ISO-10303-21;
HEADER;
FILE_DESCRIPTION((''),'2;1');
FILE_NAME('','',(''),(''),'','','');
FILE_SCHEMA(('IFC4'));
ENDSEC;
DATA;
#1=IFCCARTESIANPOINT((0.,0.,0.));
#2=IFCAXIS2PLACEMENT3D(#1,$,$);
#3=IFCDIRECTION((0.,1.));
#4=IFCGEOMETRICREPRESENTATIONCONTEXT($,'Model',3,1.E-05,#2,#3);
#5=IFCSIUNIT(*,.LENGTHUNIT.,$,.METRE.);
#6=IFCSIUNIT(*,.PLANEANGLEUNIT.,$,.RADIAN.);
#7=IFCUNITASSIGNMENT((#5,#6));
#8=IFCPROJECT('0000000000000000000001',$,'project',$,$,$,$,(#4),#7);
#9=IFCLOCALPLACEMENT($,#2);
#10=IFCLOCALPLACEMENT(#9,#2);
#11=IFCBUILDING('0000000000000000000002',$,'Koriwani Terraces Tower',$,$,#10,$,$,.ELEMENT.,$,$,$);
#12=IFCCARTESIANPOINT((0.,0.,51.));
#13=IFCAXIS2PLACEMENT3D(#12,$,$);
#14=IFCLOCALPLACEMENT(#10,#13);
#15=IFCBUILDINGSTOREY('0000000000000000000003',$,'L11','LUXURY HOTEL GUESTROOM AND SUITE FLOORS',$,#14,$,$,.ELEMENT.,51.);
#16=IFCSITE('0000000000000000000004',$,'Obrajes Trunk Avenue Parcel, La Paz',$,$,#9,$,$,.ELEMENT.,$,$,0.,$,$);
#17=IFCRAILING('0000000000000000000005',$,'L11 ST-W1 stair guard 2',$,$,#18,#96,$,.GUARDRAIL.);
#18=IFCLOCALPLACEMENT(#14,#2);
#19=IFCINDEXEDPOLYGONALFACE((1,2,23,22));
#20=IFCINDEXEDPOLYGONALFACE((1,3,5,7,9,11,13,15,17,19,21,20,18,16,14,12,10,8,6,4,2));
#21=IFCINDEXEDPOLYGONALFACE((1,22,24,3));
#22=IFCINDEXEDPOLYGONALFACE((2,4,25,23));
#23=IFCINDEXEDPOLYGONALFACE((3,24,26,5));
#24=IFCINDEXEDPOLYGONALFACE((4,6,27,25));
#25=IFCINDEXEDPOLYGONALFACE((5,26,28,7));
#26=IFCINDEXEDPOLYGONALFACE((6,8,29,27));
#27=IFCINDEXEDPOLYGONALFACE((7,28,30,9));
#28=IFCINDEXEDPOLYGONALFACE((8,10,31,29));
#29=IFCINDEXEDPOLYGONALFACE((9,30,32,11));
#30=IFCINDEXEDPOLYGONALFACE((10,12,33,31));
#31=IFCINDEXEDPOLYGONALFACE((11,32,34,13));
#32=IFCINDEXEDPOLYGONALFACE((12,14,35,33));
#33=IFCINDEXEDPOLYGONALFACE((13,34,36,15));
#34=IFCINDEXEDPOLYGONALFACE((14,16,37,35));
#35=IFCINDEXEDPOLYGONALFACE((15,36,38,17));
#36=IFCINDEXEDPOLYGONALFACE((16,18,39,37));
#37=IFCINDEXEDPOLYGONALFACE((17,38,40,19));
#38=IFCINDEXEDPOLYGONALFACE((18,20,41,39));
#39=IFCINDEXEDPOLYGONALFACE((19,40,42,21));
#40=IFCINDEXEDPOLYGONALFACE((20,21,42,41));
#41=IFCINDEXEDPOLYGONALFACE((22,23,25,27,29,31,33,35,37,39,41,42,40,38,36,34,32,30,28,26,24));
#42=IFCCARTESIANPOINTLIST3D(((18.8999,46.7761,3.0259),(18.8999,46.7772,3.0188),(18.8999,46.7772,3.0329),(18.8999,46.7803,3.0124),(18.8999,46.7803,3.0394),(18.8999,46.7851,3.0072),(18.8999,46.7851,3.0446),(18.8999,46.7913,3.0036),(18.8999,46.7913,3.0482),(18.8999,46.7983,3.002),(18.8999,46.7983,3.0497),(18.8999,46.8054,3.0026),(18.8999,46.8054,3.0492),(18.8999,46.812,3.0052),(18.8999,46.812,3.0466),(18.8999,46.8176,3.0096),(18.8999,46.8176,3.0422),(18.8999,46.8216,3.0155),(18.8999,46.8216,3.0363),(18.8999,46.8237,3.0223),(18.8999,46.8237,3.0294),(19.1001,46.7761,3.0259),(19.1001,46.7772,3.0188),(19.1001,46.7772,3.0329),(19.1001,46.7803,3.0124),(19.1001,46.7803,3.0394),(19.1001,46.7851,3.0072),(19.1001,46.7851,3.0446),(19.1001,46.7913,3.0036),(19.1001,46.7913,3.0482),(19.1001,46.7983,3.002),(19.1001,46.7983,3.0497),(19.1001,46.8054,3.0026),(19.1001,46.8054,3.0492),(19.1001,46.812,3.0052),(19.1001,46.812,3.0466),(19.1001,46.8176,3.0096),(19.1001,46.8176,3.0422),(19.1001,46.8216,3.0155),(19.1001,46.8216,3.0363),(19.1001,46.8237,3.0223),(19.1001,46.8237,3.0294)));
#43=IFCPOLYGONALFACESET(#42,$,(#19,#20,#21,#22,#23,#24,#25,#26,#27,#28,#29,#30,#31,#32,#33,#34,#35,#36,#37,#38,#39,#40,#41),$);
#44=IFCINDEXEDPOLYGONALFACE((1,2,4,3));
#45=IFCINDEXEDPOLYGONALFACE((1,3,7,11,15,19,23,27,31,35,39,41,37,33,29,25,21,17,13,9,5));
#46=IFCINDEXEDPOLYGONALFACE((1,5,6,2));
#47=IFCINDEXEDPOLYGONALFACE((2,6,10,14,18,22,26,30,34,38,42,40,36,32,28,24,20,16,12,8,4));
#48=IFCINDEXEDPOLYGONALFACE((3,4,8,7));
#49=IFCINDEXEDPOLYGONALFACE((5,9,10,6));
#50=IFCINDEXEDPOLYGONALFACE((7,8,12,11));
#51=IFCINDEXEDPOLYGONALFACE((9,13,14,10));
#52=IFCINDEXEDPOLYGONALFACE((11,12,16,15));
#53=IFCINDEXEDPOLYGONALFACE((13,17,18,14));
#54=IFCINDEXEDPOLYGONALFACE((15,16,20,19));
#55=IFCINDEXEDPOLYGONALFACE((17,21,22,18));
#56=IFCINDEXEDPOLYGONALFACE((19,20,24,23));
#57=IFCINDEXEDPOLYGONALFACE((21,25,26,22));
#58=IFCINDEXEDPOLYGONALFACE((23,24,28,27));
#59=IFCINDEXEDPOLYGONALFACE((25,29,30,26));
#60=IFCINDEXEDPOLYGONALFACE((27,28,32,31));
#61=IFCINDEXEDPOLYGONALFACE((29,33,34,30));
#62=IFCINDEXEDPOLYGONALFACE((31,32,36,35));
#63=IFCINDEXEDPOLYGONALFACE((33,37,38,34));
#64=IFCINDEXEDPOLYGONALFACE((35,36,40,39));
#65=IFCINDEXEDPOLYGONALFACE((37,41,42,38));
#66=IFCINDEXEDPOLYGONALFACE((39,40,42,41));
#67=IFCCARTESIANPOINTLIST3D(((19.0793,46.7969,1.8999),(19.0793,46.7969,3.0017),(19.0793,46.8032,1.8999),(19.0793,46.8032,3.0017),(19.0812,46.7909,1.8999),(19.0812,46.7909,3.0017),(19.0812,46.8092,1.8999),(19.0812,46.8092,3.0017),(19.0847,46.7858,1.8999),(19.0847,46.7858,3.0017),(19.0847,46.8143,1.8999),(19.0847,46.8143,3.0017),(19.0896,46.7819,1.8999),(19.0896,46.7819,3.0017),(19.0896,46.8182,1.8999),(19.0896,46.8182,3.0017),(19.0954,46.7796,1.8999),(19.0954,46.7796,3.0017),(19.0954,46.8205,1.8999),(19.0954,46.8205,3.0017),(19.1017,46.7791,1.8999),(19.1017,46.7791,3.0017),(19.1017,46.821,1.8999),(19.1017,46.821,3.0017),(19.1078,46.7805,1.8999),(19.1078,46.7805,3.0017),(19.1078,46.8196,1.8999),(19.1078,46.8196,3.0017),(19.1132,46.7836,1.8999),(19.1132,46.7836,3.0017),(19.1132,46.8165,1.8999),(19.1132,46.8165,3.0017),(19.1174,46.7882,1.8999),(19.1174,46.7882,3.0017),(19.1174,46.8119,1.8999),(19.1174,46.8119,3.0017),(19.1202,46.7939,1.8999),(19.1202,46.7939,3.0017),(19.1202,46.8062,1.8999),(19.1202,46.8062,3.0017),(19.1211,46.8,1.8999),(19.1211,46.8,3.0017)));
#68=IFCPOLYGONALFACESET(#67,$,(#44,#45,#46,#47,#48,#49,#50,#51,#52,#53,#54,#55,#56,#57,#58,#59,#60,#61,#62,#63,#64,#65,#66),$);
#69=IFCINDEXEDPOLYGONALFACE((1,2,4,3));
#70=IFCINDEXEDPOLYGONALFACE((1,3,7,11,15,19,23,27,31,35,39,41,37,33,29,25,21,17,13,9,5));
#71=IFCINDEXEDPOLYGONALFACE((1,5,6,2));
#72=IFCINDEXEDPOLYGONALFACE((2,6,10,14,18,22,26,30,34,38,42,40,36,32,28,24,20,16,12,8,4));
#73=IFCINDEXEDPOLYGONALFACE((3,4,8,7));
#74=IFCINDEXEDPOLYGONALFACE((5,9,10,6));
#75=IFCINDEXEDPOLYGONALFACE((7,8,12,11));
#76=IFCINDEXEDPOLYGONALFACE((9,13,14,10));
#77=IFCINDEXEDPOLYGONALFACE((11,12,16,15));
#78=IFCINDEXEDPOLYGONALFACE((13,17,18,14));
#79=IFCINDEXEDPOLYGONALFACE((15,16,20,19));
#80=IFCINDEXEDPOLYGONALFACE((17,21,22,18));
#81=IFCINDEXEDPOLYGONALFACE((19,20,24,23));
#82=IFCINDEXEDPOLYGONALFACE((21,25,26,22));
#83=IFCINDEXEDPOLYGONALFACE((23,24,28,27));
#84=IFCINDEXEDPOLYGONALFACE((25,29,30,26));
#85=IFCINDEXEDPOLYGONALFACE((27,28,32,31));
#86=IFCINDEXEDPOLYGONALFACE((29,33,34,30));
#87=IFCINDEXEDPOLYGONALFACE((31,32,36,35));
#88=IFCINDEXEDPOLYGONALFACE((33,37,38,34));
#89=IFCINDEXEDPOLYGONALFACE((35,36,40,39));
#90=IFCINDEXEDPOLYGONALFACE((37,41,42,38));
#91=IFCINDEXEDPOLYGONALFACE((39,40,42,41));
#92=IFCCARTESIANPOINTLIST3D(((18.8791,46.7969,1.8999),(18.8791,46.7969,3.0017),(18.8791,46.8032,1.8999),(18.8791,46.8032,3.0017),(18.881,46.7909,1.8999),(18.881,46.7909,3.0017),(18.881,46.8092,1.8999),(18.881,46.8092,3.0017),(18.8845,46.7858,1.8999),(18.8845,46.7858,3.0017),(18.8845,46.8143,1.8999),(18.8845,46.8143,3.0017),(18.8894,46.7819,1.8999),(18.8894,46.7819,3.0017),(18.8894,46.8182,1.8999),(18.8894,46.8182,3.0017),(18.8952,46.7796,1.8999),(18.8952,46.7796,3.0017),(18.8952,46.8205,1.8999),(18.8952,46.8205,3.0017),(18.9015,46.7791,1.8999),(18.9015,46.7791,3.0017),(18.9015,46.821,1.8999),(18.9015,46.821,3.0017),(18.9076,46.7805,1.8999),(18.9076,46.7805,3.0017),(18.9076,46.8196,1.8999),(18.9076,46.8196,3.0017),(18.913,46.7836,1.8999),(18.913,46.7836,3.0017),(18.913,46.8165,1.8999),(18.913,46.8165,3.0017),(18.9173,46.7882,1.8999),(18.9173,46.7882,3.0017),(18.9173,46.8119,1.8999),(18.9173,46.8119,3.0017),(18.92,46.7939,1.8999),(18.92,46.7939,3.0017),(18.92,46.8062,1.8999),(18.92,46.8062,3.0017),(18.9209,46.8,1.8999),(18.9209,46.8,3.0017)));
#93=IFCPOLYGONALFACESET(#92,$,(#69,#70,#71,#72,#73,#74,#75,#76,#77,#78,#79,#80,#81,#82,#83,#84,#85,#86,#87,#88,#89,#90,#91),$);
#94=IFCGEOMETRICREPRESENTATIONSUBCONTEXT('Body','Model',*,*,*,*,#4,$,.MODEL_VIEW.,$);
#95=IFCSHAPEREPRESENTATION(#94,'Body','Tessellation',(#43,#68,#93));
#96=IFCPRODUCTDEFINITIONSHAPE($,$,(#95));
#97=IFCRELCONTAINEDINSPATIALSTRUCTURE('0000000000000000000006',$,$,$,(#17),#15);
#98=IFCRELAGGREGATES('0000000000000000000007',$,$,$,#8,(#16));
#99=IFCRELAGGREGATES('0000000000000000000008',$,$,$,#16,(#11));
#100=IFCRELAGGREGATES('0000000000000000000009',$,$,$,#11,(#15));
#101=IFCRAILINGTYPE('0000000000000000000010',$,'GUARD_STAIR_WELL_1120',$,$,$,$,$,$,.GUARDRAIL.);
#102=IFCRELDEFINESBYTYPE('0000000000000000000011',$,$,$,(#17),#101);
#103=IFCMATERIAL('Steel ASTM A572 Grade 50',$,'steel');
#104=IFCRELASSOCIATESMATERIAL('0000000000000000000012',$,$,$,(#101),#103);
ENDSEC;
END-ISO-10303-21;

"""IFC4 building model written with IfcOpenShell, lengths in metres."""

from ifc_helpers import new_model, si_unit, direction, frame, origin, origin_2d, place, context, subcontext, project, spatial, circle, extrude, material, type_object, element, save


model = new_model("IFC4")

# Units and contexts
model_context = context("Model", 3, precision=1e-05, world=origin(), true_north=direction((0.0, 1.0)))
body_context = subcontext(model_context, "Body", "Model", "MODEL_VIEW")
ifc_project = project(units=[si_unit("LENGTHUNIT", "METRE"), si_unit("PLANEANGLEUNIT", "RADIAN")], contexts=[model_context])

# Site, building, storey
site_placement = place(None, origin())
site = spatial("IfcSite", under=ifc_project, at=site_placement, Name="Obrajes Trunk Avenue Parcel, La Paz", CompositionType="ELEMENT", RefElevation=0.0)
building_placement = place(site_placement, origin())
building = spatial("IfcBuilding", under=site, at=building_placement, Name="Koriwani Terraces Tower", CompositionType="ELEMENT")
storey_placement = place(building_placement, frame((0.0, 0.0, 51.0)))
storey = spatial("IfcBuildingStorey", under=building, at=storey_placement, Name="L11", Description="LUXURY HOTEL GUESTROOM AND SUITE FLOORS", CompositionType="ELEMENT", Elevation=51.0)

# Shared definitions
ifc_material_1 = material(Name="Steel ASTM A572 Grade 50", Category="steel")

# Railing
railing_type = type_object("IfcRailingType", Name="GUARD_STAIR_WELL_1120", PredefinedType="GUARDRAIL", material=ifc_material_1)
railing_1_placement = place(storey_placement, frame((19.1001, 46.8, 1.8999)))
element("IfcRailing", 1, at=railing_1_placement, inside=storey, type_object=railing_type, Name="L11 ST-W1 stair guard 2", PredefinedType="GUARDRAIL", context=body_context, shape_type="SweptSolid", body=[
    extrude(circle(Radius=0.0239, at=origin_2d()), frame((0.0, 0.0, 1.126), z_axis=(-1.0, 0.0, 0.0), x_axis=(0.0, -1.0, 0.0)), (0.0, 0.0, 1.0), 0.2002),
    extrude(circle(Radius=0.021, at=origin_2d()), origin(), (0.0, 0.0, 1.0), 1.1018),
    extrude(circle(Radius=0.021, at=origin_2d()), frame((-0.2002, 0.0, 0.0)), (0.0, 0.0, 1.0), 1.1018),
])

save(model, "model.ifc")
